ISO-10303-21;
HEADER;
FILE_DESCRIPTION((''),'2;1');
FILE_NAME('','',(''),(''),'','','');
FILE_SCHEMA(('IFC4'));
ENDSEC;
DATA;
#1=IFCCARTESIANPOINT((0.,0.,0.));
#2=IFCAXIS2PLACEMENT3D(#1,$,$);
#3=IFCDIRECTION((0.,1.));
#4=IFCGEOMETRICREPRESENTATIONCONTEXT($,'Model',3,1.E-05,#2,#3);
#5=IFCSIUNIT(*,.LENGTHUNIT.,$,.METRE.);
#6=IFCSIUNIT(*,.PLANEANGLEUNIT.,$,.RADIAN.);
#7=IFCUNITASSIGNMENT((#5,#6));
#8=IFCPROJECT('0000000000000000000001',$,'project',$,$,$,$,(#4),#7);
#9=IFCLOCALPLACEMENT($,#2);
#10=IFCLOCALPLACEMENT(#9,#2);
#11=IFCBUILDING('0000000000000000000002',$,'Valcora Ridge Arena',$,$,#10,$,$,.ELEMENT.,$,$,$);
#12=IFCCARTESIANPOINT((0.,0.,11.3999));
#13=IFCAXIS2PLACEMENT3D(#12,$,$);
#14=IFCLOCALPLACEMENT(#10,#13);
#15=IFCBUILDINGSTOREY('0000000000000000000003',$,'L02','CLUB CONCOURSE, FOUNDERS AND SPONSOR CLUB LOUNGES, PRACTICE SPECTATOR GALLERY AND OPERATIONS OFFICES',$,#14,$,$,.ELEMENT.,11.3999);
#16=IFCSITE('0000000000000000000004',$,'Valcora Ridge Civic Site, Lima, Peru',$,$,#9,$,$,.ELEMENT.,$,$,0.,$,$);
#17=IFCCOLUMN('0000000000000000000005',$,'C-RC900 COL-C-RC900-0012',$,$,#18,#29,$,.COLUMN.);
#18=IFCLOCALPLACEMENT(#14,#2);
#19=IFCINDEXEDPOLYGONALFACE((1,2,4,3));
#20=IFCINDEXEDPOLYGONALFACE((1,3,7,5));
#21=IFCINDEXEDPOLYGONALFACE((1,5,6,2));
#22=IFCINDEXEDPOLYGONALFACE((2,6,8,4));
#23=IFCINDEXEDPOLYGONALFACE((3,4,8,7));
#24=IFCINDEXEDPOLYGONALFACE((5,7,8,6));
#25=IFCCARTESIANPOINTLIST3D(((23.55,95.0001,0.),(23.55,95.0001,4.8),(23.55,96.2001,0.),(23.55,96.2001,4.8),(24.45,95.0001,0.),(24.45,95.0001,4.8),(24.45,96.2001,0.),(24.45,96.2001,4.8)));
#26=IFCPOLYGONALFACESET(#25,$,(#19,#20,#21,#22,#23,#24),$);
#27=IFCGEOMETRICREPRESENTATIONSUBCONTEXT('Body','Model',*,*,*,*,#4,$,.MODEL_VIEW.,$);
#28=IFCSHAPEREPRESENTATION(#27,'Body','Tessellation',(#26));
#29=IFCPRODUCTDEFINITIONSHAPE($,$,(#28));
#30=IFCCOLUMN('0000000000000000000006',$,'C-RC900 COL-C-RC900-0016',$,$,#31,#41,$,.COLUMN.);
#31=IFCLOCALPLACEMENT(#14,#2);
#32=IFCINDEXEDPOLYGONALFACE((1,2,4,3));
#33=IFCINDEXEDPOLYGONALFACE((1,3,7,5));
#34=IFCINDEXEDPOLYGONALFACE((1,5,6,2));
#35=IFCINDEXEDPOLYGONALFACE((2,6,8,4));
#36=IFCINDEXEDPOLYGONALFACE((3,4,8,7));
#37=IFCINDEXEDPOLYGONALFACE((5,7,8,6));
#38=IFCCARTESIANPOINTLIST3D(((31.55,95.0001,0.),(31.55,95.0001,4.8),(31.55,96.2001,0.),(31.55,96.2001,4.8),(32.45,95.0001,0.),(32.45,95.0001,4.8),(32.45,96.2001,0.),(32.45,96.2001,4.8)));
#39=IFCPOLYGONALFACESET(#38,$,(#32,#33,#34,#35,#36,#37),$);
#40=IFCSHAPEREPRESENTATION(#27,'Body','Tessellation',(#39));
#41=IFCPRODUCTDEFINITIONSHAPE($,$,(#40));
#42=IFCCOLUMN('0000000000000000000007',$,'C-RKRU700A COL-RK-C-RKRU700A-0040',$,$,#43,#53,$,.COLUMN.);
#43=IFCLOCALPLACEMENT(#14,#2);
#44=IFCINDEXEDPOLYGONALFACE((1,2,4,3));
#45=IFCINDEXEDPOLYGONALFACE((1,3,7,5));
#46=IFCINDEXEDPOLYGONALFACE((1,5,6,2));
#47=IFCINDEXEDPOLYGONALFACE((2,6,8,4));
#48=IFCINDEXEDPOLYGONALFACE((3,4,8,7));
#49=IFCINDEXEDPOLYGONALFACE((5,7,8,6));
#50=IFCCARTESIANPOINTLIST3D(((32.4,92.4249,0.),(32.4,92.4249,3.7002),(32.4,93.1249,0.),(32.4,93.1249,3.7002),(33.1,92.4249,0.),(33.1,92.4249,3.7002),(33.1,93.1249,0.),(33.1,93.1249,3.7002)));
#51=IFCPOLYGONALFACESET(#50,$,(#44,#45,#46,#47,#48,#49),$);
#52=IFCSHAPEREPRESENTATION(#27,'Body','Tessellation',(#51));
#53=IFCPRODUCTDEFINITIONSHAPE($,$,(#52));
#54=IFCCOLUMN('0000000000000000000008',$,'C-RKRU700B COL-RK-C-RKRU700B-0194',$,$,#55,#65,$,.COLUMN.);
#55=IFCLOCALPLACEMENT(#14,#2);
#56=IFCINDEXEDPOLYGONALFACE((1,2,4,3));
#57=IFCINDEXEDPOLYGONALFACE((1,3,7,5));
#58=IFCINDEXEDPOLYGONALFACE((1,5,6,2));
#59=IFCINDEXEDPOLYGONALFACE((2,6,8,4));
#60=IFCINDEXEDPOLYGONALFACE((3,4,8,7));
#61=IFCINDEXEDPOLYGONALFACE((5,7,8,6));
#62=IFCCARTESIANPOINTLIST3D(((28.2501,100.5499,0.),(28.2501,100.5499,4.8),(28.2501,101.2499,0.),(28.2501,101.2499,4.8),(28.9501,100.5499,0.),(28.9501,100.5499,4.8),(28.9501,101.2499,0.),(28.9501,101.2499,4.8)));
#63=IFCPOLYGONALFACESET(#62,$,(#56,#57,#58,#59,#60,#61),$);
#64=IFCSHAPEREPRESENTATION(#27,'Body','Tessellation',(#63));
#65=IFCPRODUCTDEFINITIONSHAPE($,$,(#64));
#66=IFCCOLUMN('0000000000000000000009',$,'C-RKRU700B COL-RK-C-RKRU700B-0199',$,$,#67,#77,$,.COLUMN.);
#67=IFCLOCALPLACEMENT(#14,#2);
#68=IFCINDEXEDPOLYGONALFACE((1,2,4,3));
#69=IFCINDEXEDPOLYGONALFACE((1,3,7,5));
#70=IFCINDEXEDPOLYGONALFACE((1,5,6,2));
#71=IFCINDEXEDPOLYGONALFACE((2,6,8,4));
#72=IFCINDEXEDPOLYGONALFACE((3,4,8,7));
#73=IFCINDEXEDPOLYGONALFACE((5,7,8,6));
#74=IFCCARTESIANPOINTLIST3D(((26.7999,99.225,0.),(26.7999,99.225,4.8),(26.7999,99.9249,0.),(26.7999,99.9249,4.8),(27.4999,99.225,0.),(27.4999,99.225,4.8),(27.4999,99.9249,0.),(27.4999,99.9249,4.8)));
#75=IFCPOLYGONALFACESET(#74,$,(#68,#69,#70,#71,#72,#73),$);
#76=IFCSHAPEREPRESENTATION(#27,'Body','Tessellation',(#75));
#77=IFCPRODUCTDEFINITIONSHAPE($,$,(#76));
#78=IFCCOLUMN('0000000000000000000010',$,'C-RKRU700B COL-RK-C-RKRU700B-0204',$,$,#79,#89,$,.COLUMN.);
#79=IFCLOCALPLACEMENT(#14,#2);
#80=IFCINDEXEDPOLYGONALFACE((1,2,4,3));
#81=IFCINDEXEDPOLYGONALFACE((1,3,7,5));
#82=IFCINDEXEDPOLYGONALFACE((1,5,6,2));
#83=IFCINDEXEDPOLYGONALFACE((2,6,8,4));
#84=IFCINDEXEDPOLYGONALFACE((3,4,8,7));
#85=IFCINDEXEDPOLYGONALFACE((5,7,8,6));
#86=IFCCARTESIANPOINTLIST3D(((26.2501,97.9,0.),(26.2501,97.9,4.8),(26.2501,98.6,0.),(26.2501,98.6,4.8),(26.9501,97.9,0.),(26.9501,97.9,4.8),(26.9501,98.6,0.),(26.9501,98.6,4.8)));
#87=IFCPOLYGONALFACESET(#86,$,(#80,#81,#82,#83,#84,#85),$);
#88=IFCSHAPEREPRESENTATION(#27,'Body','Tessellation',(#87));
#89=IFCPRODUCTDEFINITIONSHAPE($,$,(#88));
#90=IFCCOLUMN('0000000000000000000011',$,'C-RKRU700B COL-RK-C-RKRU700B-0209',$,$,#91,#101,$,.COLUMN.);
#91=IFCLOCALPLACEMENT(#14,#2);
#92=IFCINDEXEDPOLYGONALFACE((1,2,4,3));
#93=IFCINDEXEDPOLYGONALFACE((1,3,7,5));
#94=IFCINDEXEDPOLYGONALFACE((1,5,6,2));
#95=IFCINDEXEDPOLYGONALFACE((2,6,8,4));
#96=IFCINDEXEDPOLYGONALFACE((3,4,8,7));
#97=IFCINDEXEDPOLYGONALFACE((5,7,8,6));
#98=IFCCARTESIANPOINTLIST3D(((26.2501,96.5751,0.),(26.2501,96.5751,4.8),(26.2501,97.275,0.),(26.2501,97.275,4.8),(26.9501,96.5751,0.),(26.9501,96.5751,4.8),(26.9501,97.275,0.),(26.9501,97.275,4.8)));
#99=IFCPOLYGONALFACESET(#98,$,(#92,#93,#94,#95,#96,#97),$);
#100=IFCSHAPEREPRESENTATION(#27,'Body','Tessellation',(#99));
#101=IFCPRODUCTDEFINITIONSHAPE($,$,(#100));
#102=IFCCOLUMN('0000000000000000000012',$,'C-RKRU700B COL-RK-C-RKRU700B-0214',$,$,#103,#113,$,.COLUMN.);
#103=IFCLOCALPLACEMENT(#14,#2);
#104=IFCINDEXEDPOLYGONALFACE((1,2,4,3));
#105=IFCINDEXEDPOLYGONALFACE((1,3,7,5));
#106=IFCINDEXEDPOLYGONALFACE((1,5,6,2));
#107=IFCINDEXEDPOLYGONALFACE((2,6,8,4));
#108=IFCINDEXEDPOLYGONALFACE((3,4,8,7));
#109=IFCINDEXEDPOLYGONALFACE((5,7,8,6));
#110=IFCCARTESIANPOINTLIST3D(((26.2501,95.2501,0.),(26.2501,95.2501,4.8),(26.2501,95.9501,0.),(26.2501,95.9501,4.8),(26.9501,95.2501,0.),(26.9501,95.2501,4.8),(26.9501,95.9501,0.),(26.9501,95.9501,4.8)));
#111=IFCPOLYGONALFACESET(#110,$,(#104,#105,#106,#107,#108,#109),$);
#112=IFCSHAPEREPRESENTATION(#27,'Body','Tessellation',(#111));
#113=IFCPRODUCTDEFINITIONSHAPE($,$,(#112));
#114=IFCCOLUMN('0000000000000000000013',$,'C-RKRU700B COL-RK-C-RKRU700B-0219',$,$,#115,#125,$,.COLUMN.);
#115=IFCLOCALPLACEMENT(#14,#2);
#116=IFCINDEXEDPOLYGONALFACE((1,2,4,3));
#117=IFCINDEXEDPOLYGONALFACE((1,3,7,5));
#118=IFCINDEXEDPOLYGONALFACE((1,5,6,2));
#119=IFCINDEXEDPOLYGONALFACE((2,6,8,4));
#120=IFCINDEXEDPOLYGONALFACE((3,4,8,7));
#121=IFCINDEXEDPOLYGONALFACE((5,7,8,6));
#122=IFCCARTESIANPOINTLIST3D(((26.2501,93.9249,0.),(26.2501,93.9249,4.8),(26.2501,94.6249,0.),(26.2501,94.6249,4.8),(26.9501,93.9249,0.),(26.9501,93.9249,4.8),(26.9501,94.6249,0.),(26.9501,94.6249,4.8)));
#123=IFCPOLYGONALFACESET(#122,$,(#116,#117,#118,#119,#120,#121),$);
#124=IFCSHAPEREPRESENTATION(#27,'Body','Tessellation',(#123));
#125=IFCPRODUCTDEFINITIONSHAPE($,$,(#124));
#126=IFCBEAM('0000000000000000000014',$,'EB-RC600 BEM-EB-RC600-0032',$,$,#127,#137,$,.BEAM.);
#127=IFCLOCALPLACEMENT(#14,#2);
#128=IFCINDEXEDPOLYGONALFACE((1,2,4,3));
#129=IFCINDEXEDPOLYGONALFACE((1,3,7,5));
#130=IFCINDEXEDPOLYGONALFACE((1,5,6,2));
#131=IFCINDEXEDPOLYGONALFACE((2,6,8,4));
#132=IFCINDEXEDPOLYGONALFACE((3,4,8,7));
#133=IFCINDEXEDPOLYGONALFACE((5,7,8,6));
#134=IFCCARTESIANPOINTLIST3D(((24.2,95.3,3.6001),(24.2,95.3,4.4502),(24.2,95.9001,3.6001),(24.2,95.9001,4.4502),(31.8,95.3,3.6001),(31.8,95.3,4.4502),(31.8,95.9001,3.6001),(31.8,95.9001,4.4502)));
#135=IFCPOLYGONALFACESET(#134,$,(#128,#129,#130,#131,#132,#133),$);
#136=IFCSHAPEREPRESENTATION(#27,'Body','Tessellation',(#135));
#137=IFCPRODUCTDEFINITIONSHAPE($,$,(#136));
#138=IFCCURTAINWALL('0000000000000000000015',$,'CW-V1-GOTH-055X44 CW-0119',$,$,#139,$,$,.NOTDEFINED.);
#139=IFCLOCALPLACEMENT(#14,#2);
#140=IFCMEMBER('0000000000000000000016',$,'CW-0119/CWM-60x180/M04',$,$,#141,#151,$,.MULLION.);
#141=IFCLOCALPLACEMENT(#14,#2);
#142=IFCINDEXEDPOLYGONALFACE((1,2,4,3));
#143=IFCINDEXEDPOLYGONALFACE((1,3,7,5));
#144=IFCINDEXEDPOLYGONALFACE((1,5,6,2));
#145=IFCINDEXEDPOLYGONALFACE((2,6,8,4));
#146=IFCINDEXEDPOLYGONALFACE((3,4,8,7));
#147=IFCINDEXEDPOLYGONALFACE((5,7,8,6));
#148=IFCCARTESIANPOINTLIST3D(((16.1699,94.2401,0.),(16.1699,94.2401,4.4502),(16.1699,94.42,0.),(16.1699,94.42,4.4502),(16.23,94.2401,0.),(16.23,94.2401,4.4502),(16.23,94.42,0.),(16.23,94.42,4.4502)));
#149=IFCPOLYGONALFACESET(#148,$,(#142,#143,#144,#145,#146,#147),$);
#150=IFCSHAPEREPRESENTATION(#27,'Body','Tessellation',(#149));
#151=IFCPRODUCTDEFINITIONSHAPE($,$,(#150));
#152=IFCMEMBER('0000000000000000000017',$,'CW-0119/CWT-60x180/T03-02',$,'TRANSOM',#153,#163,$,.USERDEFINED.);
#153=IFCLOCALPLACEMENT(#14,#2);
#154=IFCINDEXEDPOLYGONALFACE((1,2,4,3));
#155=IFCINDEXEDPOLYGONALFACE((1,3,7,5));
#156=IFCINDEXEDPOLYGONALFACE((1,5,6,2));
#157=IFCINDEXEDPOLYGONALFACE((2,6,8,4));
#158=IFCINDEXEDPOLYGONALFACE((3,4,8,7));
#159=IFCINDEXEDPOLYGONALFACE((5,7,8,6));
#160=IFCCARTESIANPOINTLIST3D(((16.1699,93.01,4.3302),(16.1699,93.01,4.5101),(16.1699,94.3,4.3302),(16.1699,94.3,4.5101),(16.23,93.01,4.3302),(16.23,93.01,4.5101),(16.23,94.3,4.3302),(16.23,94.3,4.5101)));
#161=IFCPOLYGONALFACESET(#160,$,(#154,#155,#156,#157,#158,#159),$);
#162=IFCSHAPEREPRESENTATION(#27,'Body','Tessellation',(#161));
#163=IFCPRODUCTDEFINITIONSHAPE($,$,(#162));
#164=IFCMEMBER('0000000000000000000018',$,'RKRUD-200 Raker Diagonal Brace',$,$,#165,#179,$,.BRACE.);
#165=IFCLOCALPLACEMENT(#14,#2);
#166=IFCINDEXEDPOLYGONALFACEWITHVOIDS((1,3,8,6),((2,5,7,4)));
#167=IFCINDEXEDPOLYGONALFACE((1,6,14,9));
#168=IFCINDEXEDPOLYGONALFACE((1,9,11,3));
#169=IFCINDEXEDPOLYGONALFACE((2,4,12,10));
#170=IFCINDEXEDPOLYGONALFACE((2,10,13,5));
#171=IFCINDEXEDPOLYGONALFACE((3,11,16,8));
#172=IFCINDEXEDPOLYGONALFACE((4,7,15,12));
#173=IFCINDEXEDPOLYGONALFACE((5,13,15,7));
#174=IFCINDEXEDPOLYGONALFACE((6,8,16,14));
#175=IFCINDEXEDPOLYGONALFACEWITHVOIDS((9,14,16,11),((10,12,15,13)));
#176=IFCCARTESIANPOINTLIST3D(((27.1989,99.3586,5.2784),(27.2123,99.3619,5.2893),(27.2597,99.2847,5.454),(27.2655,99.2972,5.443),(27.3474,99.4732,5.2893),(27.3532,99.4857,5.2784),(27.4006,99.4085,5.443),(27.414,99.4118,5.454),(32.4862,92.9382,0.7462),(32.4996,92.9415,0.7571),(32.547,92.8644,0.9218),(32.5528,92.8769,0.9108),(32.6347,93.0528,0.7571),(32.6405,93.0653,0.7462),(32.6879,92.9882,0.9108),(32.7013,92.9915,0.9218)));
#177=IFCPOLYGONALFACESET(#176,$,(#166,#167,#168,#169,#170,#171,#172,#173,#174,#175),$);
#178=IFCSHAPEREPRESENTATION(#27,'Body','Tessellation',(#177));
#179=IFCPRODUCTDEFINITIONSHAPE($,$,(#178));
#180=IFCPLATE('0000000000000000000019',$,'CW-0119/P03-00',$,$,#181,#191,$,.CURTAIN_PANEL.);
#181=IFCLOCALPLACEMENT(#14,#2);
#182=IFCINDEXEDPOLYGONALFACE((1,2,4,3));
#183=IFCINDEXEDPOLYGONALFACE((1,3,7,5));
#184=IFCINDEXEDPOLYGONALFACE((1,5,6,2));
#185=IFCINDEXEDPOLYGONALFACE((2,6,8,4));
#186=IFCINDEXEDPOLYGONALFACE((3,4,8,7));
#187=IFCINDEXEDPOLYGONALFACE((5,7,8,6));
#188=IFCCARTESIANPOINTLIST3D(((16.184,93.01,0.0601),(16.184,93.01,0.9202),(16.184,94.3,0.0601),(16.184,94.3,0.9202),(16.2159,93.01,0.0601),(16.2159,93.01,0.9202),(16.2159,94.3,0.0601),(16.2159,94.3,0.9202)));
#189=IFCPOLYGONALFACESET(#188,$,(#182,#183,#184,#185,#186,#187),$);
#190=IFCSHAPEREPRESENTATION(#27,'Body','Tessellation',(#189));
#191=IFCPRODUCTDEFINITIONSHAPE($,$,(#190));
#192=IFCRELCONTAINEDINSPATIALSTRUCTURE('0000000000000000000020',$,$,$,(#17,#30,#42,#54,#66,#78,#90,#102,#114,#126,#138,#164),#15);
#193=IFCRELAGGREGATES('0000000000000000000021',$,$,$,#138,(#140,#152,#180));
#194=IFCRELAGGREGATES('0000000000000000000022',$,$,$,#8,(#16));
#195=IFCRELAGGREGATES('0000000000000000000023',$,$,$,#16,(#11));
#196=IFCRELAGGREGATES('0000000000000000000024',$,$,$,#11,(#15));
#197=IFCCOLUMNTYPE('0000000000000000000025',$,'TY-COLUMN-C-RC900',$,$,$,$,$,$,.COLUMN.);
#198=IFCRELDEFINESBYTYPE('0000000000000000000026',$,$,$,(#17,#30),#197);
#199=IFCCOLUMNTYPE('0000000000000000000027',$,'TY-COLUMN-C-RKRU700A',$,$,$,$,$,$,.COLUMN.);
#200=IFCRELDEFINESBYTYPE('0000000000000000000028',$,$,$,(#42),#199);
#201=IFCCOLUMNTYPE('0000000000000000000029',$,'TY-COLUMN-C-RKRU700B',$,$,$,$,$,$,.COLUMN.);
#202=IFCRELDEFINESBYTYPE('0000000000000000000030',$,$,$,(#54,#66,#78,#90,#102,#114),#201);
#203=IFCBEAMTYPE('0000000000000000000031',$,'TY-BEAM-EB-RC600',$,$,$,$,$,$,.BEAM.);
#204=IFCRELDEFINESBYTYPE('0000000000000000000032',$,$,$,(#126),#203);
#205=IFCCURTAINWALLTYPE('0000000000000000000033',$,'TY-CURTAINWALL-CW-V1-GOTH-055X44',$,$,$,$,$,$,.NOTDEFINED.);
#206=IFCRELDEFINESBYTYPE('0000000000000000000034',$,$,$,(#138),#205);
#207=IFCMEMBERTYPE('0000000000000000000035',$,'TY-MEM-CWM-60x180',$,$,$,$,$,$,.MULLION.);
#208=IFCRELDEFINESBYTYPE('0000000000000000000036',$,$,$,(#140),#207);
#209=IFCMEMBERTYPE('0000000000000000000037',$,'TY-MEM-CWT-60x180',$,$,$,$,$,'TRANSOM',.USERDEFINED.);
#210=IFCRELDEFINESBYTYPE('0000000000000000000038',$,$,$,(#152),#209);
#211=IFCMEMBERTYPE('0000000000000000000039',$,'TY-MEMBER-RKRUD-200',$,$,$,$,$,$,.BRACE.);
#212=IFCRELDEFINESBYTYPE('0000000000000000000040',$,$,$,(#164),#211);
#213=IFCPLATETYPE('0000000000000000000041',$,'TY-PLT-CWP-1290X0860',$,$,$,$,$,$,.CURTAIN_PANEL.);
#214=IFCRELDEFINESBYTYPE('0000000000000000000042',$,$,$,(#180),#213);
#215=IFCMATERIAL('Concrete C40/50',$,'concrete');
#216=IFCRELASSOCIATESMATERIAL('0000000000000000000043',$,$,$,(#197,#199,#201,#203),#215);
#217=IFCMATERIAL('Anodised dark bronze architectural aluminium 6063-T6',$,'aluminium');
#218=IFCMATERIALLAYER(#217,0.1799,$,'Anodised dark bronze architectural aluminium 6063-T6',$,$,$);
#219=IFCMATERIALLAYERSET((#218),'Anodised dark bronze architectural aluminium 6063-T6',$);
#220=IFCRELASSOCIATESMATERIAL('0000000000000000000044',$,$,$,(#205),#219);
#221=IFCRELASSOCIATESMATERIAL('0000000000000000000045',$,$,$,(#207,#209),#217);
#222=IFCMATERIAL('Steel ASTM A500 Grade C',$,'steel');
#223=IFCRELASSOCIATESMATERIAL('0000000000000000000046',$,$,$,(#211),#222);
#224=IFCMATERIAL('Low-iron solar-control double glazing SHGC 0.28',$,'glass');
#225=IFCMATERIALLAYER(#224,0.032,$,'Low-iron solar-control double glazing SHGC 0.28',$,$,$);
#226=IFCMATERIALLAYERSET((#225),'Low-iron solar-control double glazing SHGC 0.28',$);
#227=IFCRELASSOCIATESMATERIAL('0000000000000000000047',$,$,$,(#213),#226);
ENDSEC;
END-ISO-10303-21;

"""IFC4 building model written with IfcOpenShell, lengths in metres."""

from ifc_helpers import new_model, si_unit, direction, frame, origin, origin_2d, place, context, subcontext, project, spatial, rectangle, hollow_rectangle, extrude, material, layer, layer_set, material_profile, profile_set, type_object, element, aggregate, save


model = new_model("IFC4")

# Units and contexts
model_context = context("Model", 3, precision=1e-05, world=origin(), true_north=direction((0.0, 1.0)))
body_context = subcontext(model_context, "Body", "Model", "MODEL_VIEW")
ifc_project = project(units=[si_unit("LENGTHUNIT", "METRE"), si_unit("PLANEANGLEUNIT", "RADIAN")], contexts=[model_context])

# Site, building, storey
site_placement = place(None, origin())
site = spatial("IfcSite", under=ifc_project, at=site_placement, Name="Valcora Ridge Civic Site, Lima, Peru", CompositionType="ELEMENT", RefElevation=0.0)
building_placement = place(site_placement, origin())
building = spatial("IfcBuilding", under=site, at=building_placement, Name="Valcora Ridge Arena", CompositionType="ELEMENT")
storey_placement = place(building_placement, frame((0.0, 0.0, 11.3999)))
storey = spatial("IfcBuildingStorey", under=building, at=storey_placement, Name="L02", Description="CLUB CONCOURSE, FOUNDERS AND SPONSOR CLUB LOUNGES, PRACTICE SPECTATOR GALLERY AND OPERATIONS OFFICES", CompositionType="ELEMENT", Elevation=11.3999)

# Columns
ifc_material_1 = material(Name="Concrete C40/50", Category="concrete")
ifc_material_profile_1 = material_profile(ifc_material_1, rectangle(XDim=0.8999, YDim=1.2, at=origin_2d()), Name="RC 900x1200")
ifc_profile_set_1 = profile_set([ifc_material_profile_1], Name="Concrete C40/50")
column_type_1 = type_object("IfcColumnType", Name="TY-COLUMN-C-RC900", PredefinedType="COLUMN", material=ifc_profile_set_1)
for number, where, z_axis, x_axis, name in (
    (1, (24.0, 95.6001, 0.0), (0.0, 0.0, 1.0), (1.0, 0.0, 0.0), "C-RC900 COL-C-RC900-0012"),
    (2, (32.0, 95.6001, 0.0), (0.0, 0.0, 1.0), (1.0, 0.0, 0.0), "C-RC900 COL-C-RC900-0016"),
):
    element("IfcColumn", number, at=place(storey_placement, frame(where, z_axis=z_axis, x_axis=x_axis)), inside=storey, type_object=column_type_1, Name=name, PredefinedType="COLUMN", context=body_context, shape_type="SweptSolid", body=[
        extrude(rectangle(XDim=0.8999, YDim=1.2, at=origin_2d()), origin(), (0.0, 0.0, 1.0), 4.8),
    ])
ifc_material_profile_2 = material_profile(ifc_material_1, rectangle(XDim=0.7, YDim=0.7, at=origin_2d()), Name="RC 700x700")
ifc_profile_set_2 = profile_set([ifc_material_profile_2], Name="Concrete C40/50")
column_type_2 = type_object("IfcColumnType", Name="TY-COLUMN-C-RKRU700A", PredefinedType="COLUMN", material=ifc_profile_set_2)
column_placement = place(storey_placement, frame((32.75, 92.7749, 0.0), z_axis=(0.0, 0.0, 1.0), x_axis=(1.0, 0.0, 0.0)))
element("IfcColumn", 3, at=column_placement, inside=storey, type_object=column_type_2, Name="C-RKRU700A COL-RK-C-RKRU700A-0040", PredefinedType="COLUMN", context=body_context, shape_type="SweptSolid", body=[
    extrude(rectangle(XDim=0.7, YDim=0.7, at=origin_2d()), origin(), (0.0, 0.0, 1.0), 3.7002),
])
ifc_material_profile_3 = material_profile(ifc_material_1, rectangle(XDim=0.7, YDim=0.7, at=origin_2d()), Name="RC 700x700")
ifc_profile_set_3 = profile_set([ifc_material_profile_3], Name="Concrete C40/50")
column_type_3 = type_object("IfcColumnType", Name="TY-COLUMN-C-RKRU700B", PredefinedType="COLUMN", material=ifc_profile_set_3)
for number, where, z_axis, x_axis, name in (
    (4, (28.6001, 100.8999, 0.0), (0.0, 0.0, 1.0), (1.0, 0.0, 0.0), "C-RKRU700B COL-RK-C-RKRU700B-0194"),
    (5, (27.1499, 99.575, 0.0), (0.0, 0.0, 1.0), (1.0, 0.0, 0.0), "C-RKRU700B COL-RK-C-RKRU700B-0199"),
    (6, (26.6001, 98.25, 0.0), (0.0, 0.0, 1.0), (1.0, 0.0, 0.0), "C-RKRU700B COL-RK-C-RKRU700B-0204"),
    (7, (26.6001, 96.925, 0.0), (0.0, 0.0, 1.0), (1.0, 0.0, 0.0), "C-RKRU700B COL-RK-C-RKRU700B-0209"),
    (8, (26.6001, 95.6001, 0.0), (0.0, 0.0, 1.0), (1.0, 0.0, 0.0), "C-RKRU700B COL-RK-C-RKRU700B-0214"),
    (9, (26.6001, 94.2749, 0.0), (0.0, 0.0, 1.0), (1.0, 0.0, 0.0), "C-RKRU700B COL-RK-C-RKRU700B-0219"),
):
    element("IfcColumn", number, at=place(storey_placement, frame(where, z_axis=z_axis, x_axis=x_axis)), inside=storey, type_object=column_type_3, Name=name, PredefinedType="COLUMN", context=body_context, shape_type="SweptSolid", body=[
        extrude(rectangle(XDim=0.7, YDim=0.7, at=origin_2d()), origin(), (0.0, 0.0, 1.0), 4.8),
    ])

# Beam
ifc_material_profile_4 = material_profile(ifc_material_1, rectangle(XDim=0.6001, YDim=0.8501, at=origin_2d()), Name="RC 600x850")
ifc_profile_set_4 = profile_set([ifc_material_profile_4], Name="Concrete C40/50")
beam_type = type_object("IfcBeamType", Name="TY-BEAM-EB-RC600", PredefinedType="BEAM", material=ifc_profile_set_4)
beam_placement = place(storey_placement, frame((24.2, 95.6001, 4.0251), z_axis=(1.0, 0.0, 0.0), x_axis=(0.0, 1.0, 0.0)))
element("IfcBeam", 10, at=beam_placement, inside=storey, type_object=beam_type, Name="EB-RC600 BEM-EB-RC600-0032", PredefinedType="BEAM", context=body_context, shape_type="SweptSolid", body=[
    extrude(rectangle(XDim=0.6001, YDim=0.8501, at=origin_2d()), origin(), (0.0, 0.0, 1.0), 7.6001),
])

# Curtain wall, members
ifc_material_2 = material(Name="Anodised dark bronze architectural aluminium 6063-T6", Category="aluminium")
ifc_layer_1 = layer(ifc_material_2, 0.1799, Name="Anodised dark bronze architectural aluminium 6063-T6")
ifc_layer_set_1 = layer_set([ifc_layer_1], Name="Anodised dark bronze architectural aluminium 6063-T6")
curtain_wall_type = type_object("IfcCurtainWallType", Name="TY-CURTAINWALL-CW-V1-GOTH-055X44", PredefinedType="NOTDEFINED", material=ifc_layer_set_1)
curtain_wall_placement = place(storey_placement, origin())
curtain_wall = element("IfcCurtainWall", 11, at=curtain_wall_placement, inside=storey, type_object=curtain_wall_type, Name="CW-V1-GOTH-055X44 CW-0119", PredefinedType="NOTDEFINED")
ifc_material_profile_5 = material_profile(ifc_material_2, rectangle(XDim=0.0601, YDim=0.1799, at=origin_2d()), Name="ALU MULLION 60x180")
ifc_profile_set_5 = profile_set([ifc_material_profile_5], Name="Anodised dark bronze architectural aluminium 6063-T6")
member_type_1 = type_object("IfcMemberType", Name="TY-MEM-CWM-60x180", PredefinedType="MULLION", material=ifc_profile_set_5)
member_1_placement = place(storey_placement, frame((16.2, 94.3301, 0.0), z_axis=(0.0, 0.0, 1.0), x_axis=(-1.0, 0.0, 0.0)))
member_1 = element("IfcMember", 12, at=member_1_placement, type_object=member_type_1, Name="CW-0119/CWM-60x180/M04", PredefinedType="MULLION", context=body_context, shape_type="SweptSolid", body=[
    extrude(rectangle(XDim=0.0601, YDim=0.1799, at=origin_2d()), origin(), (0.0, 0.0, 1.0), 4.4502),
])
ifc_material_profile_6 = material_profile(ifc_material_2, rectangle(XDim=0.0601, YDim=0.1799, at=origin_2d()), Name="ALU TRANSOM 60x180")
ifc_profile_set_6 = profile_set([ifc_material_profile_6], Name="Anodised dark bronze architectural aluminium 6063-T6")
member_type_2 = type_object("IfcMemberType", Name="TY-MEM-CWT-60x180", ElementType="TRANSOM", PredefinedType="USERDEFINED", material=ifc_profile_set_6)
member_2_placement = place(storey_placement, frame((16.2, 93.01, 4.4202), z_axis=(0.0, 1.0, 0.0), x_axis=(-1.0, 0.0, 0.0)))
member_2 = element("IfcMember", 13, at=member_2_placement, type_object=member_type_2, Name="CW-0119/CWT-60x180/T03-02", ObjectType="TRANSOM", PredefinedType="USERDEFINED", context=body_context, shape_type="SweptSolid", body=[
    extrude(rectangle(XDim=0.0601, YDim=0.1799, at=origin_2d()), origin(), (0.0, 0.0, 1.0), 1.29),
])

# Member
ifc_material_3 = material(Name="Steel ASTM A500 Grade C", Category="steel")
ifc_material_profile_7 = material_profile(ifc_material_3, hollow_rectangle(XDim=0.2, YDim=0.2, WallThickness=0.0125, at=origin_2d()), Name="HSS200X200X12")
ifc_profile_set_7 = profile_set([ifc_material_profile_7], Name="Steel ASTM A500 Grade C")
member_type_3 = type_object("IfcMemberType", Name="TY-MEMBER-RKRUD-200", PredefinedType="BRACE", material=ifc_profile_set_7)
member_3_placement = place(storey_placement, frame((32.5938, 92.9648, 0.834), z_axis=(-0.558209, 0.67783, 0.478487), x_axis=(-0.771933, -0.635704, 0.0)))
element("IfcMember", 14, at=member_3_placement, inside=storey, type_object=member_type_3, Name="RKRUD-200 Raker Diagonal Brace", PredefinedType="BRACE", context=body_context, shape_type="SweptSolid", body=[
    extrude(hollow_rectangle(XDim=0.2, YDim=0.2, WallThickness=0.0125, at=origin_2d()), origin(), (0.0, 0.0, 1.0), 9.4719),
])

# Plate
ifc_material_4 = material(Name="Low-iron solar-control double glazing SHGC 0.28", Category="glass")
ifc_layer_2 = layer(ifc_material_4, 0.032, Name="Low-iron solar-control double glazing SHGC 0.28")
ifc_layer_set_2 = layer_set([ifc_layer_2], Name="Low-iron solar-control double glazing SHGC 0.28")
plate_type_1 = type_object("IfcPlateType", Name="TY-PLT-CWP-1290X0860", PredefinedType="CURTAIN_PANEL", material=ifc_layer_set_2)
plate_1_placement = place(storey_placement, frame((16.2, 93.655, 0.0601), z_axis=(0.0, 0.0, 1.0), x_axis=(0.0, 1.0, 0.0)))
plate_1 = element("IfcPlate", 15, at=plate_1_placement, type_object=plate_type_1, Name="CW-0119/P03-00", PredefinedType="CURTAIN_PANEL", context=body_context, shape_type="SweptSolid", body=[
    extrude(rectangle(XDim=1.29, YDim=0.032, at=origin_2d()), origin(), (0.0, 0.0, 1.0), 0.8601),
])
aggregate(curtain_wall, [member_1, member_2, plate_1])

save(model, "model.ifc")
